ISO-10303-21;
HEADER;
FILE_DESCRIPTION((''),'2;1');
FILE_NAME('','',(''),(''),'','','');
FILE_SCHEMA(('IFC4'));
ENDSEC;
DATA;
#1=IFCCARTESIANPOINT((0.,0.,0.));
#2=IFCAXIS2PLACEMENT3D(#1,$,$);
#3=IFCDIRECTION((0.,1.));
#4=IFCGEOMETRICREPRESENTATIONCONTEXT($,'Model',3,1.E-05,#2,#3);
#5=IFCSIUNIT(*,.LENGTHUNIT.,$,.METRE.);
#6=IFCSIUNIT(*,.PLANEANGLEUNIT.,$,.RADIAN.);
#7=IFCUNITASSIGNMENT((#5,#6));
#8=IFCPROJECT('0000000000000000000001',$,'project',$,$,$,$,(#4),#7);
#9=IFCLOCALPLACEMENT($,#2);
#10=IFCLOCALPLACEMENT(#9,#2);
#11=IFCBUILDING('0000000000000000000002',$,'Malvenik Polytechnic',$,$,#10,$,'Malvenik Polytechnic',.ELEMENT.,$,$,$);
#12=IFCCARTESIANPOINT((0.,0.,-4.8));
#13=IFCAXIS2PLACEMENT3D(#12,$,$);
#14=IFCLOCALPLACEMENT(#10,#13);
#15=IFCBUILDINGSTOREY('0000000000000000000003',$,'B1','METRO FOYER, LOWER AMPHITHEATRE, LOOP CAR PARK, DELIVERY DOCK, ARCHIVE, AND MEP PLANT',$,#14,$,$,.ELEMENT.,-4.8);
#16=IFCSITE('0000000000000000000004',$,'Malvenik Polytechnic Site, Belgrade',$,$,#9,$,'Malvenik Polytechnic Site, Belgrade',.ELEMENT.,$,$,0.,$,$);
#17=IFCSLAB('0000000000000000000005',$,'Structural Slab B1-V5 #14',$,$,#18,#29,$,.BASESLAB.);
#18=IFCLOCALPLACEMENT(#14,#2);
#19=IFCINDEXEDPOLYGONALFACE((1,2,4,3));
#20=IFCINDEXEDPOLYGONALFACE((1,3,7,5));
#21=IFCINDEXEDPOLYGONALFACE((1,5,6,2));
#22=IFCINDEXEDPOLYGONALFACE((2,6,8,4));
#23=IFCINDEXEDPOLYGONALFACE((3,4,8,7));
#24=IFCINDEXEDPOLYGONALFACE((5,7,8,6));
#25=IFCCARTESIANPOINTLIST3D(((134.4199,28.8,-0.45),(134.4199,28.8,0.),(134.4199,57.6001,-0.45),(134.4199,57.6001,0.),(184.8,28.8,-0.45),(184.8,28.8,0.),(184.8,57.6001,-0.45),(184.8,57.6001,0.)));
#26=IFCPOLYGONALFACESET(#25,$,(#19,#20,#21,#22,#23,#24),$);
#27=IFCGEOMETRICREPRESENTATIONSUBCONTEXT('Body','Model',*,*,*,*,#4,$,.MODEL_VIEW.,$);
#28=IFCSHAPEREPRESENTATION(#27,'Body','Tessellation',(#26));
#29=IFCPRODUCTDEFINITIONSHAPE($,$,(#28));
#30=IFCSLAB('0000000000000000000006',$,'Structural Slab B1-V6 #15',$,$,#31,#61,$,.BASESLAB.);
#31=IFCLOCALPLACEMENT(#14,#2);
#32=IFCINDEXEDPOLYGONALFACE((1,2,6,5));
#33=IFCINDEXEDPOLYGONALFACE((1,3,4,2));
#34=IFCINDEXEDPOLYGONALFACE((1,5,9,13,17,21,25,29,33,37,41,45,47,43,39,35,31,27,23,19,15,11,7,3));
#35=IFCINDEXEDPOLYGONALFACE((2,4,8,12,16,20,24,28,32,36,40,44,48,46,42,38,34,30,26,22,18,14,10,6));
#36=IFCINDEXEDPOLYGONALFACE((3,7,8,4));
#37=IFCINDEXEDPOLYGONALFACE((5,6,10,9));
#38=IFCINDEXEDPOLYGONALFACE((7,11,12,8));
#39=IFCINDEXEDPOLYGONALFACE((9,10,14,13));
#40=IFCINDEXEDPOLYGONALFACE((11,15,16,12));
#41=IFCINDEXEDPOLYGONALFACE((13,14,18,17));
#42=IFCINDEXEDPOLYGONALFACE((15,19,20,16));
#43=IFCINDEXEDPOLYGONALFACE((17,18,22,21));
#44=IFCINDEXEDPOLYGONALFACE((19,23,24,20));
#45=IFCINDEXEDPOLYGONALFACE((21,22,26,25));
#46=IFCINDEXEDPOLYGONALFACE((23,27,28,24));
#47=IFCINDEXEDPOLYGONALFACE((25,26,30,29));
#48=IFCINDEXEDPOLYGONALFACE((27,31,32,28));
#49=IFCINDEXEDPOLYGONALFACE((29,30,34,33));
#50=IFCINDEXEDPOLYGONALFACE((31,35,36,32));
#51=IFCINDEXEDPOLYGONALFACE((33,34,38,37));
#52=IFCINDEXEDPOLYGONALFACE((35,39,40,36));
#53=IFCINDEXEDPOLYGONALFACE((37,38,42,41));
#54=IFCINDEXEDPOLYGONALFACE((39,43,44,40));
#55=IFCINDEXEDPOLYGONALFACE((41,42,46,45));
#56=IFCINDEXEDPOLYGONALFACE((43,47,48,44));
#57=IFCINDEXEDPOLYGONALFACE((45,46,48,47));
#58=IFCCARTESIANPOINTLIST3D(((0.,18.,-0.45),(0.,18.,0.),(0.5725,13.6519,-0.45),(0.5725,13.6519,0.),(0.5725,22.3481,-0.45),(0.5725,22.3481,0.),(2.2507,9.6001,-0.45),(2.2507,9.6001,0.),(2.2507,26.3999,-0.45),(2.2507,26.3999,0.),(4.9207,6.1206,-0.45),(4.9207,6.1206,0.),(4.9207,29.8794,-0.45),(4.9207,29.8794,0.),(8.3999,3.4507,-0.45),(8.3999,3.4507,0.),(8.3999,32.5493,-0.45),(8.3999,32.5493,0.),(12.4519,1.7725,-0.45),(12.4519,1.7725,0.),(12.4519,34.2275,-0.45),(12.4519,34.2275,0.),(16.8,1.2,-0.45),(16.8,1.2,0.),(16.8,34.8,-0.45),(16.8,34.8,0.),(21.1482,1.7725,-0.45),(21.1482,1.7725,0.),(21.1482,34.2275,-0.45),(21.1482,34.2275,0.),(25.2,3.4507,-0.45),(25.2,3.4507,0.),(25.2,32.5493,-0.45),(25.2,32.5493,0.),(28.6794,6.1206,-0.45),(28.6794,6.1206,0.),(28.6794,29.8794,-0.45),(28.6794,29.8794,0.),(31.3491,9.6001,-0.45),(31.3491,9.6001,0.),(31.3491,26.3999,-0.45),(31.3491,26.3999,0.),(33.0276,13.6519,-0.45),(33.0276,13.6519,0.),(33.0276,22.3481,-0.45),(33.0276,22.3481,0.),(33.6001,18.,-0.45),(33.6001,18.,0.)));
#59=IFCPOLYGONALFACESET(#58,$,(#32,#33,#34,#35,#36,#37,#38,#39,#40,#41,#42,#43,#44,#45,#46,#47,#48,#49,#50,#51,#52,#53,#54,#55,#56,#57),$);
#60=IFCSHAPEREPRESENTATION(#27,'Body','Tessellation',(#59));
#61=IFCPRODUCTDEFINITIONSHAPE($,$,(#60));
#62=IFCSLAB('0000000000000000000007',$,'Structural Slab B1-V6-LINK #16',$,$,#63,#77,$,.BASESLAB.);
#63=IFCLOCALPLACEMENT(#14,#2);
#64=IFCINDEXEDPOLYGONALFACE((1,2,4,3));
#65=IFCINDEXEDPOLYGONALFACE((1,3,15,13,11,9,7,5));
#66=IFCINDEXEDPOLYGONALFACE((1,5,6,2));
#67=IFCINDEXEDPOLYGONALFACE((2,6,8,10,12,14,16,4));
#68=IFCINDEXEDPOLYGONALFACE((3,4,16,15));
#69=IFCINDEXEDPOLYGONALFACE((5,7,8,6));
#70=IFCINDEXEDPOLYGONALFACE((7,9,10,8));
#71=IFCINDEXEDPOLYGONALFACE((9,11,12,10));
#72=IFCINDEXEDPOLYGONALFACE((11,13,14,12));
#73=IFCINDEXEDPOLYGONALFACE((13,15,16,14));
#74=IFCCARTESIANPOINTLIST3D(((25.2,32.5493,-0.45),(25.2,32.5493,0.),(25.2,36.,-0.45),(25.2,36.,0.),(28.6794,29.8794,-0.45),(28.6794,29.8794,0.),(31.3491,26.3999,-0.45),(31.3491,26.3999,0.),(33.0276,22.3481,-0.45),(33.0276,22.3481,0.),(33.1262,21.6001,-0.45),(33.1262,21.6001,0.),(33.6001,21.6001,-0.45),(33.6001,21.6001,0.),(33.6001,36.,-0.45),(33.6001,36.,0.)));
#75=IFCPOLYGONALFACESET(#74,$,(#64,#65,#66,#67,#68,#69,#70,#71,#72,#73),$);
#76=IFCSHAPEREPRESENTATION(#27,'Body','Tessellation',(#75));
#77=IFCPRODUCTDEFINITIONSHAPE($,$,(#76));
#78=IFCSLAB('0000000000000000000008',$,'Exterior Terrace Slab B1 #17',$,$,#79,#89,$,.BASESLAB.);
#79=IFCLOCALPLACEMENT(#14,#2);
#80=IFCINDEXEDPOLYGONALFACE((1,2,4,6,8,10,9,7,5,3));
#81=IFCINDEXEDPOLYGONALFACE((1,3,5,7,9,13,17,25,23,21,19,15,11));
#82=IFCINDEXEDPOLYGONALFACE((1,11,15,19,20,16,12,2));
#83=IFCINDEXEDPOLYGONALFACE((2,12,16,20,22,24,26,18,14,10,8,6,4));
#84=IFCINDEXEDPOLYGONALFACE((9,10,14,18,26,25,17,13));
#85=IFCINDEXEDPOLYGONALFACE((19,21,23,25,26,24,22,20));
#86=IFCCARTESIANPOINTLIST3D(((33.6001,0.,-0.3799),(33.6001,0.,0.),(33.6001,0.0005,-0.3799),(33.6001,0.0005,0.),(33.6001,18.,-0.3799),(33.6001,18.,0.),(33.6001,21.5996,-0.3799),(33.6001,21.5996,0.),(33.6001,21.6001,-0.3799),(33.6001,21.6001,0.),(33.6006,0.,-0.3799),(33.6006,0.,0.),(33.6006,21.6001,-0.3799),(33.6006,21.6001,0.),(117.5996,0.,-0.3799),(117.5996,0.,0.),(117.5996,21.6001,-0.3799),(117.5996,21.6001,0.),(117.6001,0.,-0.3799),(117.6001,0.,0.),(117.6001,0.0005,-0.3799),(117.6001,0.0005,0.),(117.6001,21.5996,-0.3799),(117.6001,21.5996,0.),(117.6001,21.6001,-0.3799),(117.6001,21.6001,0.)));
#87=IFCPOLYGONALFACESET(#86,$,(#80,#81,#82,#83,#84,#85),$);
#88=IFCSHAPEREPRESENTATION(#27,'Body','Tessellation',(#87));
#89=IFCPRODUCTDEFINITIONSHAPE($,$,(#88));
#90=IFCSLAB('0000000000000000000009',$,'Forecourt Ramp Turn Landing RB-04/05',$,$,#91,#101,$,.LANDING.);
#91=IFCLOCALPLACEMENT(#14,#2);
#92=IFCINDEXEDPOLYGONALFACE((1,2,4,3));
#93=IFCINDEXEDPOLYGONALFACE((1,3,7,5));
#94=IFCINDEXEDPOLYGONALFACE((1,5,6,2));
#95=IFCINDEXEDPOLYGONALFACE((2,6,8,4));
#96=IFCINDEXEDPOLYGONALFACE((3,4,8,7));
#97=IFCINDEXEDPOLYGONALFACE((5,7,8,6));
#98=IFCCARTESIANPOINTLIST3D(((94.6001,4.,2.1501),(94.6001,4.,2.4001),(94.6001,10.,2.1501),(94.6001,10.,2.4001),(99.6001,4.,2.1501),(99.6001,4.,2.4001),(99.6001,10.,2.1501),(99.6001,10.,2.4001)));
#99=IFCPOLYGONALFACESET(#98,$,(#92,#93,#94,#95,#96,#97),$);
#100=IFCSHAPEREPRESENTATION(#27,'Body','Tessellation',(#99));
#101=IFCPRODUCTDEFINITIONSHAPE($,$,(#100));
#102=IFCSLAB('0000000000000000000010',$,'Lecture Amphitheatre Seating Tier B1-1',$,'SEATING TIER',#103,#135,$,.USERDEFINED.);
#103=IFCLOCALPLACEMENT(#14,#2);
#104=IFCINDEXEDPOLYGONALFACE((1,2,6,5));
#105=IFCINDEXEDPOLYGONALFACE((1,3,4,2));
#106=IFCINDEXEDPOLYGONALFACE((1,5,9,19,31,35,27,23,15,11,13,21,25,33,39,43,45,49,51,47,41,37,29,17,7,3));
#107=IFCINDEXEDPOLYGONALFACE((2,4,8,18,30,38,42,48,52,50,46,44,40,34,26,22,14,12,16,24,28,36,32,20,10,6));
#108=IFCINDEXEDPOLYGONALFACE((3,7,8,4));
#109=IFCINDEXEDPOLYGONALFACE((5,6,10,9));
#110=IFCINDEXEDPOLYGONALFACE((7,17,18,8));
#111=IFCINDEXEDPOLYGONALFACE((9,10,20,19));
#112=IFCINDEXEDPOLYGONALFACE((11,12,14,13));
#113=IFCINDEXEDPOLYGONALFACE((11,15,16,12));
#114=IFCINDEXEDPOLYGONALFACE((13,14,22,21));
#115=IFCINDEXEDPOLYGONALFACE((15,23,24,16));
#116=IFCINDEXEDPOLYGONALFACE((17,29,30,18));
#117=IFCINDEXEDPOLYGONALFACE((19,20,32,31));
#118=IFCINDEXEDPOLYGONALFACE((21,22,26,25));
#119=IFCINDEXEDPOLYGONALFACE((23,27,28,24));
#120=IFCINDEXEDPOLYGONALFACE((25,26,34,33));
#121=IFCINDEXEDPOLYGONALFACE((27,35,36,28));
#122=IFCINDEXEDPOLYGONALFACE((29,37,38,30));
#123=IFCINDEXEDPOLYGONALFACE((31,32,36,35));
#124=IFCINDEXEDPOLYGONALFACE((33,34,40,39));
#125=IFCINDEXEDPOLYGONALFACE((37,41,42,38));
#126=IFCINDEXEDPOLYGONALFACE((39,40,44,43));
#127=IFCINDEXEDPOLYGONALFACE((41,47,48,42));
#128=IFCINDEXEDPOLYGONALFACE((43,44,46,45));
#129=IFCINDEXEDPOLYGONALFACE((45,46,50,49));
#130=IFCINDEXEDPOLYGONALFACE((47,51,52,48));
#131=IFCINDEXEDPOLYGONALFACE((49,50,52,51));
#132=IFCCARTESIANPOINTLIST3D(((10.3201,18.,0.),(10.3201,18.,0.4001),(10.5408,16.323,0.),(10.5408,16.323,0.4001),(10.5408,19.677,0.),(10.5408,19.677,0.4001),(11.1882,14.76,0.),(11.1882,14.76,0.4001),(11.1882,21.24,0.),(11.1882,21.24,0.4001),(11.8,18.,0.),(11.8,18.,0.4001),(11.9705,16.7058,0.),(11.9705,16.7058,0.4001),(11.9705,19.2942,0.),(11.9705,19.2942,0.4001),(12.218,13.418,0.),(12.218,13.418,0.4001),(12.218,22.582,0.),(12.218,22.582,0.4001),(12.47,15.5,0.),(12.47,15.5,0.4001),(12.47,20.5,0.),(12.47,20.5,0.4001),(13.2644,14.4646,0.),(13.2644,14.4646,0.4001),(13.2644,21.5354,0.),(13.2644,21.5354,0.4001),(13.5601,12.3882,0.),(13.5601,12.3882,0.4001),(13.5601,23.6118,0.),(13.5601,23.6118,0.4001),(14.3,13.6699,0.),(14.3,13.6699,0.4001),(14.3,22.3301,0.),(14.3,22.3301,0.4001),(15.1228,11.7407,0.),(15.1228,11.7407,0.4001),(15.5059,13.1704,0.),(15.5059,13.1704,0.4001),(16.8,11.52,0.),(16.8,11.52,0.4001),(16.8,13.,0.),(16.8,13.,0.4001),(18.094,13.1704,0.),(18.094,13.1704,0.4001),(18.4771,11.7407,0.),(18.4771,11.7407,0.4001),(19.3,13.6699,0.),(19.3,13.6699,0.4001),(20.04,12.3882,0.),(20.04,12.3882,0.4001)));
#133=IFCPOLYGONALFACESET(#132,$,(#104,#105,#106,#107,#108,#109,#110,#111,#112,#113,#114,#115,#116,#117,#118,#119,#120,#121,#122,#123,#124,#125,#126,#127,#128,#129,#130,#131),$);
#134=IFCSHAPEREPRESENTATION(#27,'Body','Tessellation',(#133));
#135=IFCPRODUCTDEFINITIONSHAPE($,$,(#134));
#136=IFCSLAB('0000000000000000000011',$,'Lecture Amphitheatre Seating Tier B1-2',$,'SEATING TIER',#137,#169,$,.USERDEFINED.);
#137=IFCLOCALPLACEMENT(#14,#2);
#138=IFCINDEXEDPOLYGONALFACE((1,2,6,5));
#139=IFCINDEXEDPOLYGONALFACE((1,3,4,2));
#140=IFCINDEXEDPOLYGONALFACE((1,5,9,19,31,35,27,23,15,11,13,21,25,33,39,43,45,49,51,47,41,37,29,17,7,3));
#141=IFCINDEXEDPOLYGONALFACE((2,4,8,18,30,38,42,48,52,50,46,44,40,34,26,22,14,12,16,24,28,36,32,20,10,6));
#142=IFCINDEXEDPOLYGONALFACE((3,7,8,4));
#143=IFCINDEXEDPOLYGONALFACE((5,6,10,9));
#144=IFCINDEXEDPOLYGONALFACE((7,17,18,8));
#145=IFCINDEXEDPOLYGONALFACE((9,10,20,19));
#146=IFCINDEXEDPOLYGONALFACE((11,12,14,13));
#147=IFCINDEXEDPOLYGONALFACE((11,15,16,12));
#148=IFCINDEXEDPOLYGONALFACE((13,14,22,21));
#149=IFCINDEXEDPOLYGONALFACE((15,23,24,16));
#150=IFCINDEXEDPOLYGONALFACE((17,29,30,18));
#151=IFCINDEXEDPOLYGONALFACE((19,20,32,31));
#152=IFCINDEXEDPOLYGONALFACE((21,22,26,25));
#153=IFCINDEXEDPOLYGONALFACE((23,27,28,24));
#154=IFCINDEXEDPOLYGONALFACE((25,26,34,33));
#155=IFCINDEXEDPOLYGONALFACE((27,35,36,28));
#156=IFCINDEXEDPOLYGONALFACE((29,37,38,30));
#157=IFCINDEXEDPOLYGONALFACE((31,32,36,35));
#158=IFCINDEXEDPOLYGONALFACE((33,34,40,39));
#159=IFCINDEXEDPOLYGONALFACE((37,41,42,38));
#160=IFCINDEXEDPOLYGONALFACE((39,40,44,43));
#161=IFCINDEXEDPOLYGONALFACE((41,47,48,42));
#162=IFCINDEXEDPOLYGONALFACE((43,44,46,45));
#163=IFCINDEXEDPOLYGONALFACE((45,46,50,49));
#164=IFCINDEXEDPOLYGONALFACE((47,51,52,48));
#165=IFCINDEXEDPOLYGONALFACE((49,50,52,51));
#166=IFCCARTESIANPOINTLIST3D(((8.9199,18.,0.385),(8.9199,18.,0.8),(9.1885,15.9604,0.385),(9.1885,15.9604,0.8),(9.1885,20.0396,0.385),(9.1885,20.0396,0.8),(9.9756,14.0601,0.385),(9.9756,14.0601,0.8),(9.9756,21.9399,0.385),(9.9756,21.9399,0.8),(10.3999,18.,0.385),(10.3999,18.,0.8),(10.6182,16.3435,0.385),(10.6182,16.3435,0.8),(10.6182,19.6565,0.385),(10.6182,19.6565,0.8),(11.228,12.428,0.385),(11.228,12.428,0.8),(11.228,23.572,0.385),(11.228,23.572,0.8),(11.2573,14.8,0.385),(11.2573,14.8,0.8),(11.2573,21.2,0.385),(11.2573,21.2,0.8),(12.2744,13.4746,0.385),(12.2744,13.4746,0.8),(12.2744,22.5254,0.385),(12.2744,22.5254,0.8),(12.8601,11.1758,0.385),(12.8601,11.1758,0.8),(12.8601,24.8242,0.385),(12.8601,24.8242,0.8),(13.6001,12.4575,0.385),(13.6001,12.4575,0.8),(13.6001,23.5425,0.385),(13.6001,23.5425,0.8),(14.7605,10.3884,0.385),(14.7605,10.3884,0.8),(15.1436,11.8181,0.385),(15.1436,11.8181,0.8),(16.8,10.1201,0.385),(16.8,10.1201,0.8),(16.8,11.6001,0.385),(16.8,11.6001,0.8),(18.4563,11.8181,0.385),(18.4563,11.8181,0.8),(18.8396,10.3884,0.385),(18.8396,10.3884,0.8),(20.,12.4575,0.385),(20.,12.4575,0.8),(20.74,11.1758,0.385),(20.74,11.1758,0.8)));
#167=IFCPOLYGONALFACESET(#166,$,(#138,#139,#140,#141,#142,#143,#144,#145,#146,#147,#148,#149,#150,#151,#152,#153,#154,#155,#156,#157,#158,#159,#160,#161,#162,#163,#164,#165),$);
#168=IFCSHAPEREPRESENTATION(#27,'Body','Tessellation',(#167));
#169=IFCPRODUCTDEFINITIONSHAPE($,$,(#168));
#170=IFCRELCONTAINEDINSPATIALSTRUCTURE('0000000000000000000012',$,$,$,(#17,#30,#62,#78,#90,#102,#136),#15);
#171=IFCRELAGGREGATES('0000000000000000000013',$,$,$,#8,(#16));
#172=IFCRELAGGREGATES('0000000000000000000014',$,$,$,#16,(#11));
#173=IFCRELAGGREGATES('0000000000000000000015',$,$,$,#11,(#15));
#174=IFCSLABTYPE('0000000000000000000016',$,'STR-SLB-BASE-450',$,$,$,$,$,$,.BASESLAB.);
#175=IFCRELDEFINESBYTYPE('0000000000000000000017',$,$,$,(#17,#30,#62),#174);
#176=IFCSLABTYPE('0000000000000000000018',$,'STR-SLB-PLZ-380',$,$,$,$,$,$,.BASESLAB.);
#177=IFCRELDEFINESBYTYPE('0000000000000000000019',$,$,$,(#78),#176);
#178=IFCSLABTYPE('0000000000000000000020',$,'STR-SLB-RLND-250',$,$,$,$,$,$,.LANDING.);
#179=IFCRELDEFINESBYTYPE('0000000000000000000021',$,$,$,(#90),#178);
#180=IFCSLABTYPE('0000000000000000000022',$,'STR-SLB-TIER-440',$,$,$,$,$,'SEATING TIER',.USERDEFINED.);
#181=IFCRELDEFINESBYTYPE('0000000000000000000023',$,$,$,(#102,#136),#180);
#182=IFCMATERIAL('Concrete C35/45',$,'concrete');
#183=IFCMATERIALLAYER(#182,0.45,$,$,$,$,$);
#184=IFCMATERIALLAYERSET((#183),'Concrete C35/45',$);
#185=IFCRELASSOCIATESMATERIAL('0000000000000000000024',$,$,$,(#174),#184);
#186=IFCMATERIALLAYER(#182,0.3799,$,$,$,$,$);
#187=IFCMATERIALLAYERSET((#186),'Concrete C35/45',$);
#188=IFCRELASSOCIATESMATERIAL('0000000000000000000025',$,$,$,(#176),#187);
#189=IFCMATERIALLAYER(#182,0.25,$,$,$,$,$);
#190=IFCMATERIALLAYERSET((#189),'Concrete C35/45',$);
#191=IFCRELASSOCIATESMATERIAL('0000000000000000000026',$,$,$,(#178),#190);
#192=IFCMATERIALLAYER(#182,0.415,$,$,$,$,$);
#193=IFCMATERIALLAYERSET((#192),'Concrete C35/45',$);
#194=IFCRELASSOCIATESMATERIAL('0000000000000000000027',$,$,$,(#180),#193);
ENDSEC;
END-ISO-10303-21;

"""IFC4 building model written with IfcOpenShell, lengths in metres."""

from ifc_helpers import new_model, si_unit, direction, frame, origin, place, context, subcontext, project, spatial, polyline, outline, extrude, material, layer, layer_set, type_object, element, save


model = new_model("IFC4")

# Units and contexts
model_context = context("Model", 3, precision=1e-05, world=origin(), true_north=direction((0.0, 1.0)))
body_context = subcontext(model_context, "Body", "Model", "MODEL_VIEW")
ifc_project = project(units=[si_unit("LENGTHUNIT", "METRE"), si_unit("PLANEANGLEUNIT", "RADIAN")], contexts=[model_context])

# Site, building, storey
site_placement = place(None, origin())
site = spatial("IfcSite", under=ifc_project, at=site_placement, Name="Malvenik Polytechnic Site, Belgrade", LongName="Malvenik Polytechnic Site, Belgrade", CompositionType="ELEMENT", RefElevation=0.0)
building_placement = place(site_placement, origin())
building = spatial("IfcBuilding", under=site, at=building_placement, Name="Malvenik Polytechnic", LongName="Malvenik Polytechnic", CompositionType="ELEMENT")
storey_placement = place(building_placement, frame((0.0, 0.0, -4.8)))
storey = spatial("IfcBuildingStorey", under=building, at=storey_placement, Name="B1", Description="METRO FOYER, LOWER AMPHITHEATRE, LOOP CAR PARK, DELIVERY DOCK, ARCHIVE, AND MEP PLANT", CompositionType="ELEMENT", Elevation=-4.8)

# Shared definitions
ifc_material = material(Name="Concrete C35/45", Category="concrete")

# Slabs
ifc_layer_1 = layer(ifc_material, 0.45)
ifc_layer_set_1 = layer_set([ifc_layer_1], Name="Concrete C35/45")
slab_type_1 = type_object("IfcSlabType", Name="STR-SLB-BASE-450", PredefinedType="BASESLAB", material=ifc_layer_set_1)
slab_1_placement = place(storey_placement, frame((0.0, 0.0, -0.45)))
element("IfcSlab", 1, at=slab_1_placement, inside=storey, type_object=slab_type_1, Name="Structural Slab B1-V5 #14", PredefinedType="BASESLAB", context=body_context, shape_type="SweptSolid", body=[
    extrude(outline(polyline([(134.4199, 28.8), (134.4199, 57.6001), (184.8, 57.6001), (184.8, 28.8), (134.4199, 28.8)])), origin(), (0.0, 0.0, 1.0), 0.45),
])
slab_2_placement = place(storey_placement, frame((0.0, 0.0, -0.45)))
element("IfcSlab", 2, at=slab_2_placement, inside=storey, type_object=slab_type_1, Name="Structural Slab B1-V6 #15", PredefinedType="BASESLAB", context=body_context, shape_type="SweptSolid", body=[
    extrude(outline(polyline([(28.6794, 6.1206), (25.2, 3.4507), (21.1482, 1.7725), (16.8, 1.2), (12.4519, 1.7725), (8.3999, 3.4507), (4.9207, 6.1206), (2.2507, 9.6001), (0.5725, 13.6519), (0.0, 18.0), (0.5725, 22.3481), (2.2507, 26.3999), (4.9207, 29.8794), (8.3999, 32.5493), (12.4519, 34.2275), (16.8, 34.8), (21.1482, 34.2275), (25.2, 32.5493), (28.6794, 29.8794), (31.3491, 26.3999), (33.0276, 22.3481), (33.6001, 18.0), (33.0276, 13.6519), (31.3491, 9.6001), (28.6794, 6.1206)])), origin(), (0.0, 0.0, 1.0), 0.45),
])
slab_3_placement = place(storey_placement, frame((0.0, 0.0, -0.45)))
element("IfcSlab", 3, at=slab_3_placement, inside=storey, type_object=slab_type_1, Name="Structural Slab B1-V6-LINK #16", PredefinedType="BASESLAB", context=body_context, shape_type="SweptSolid", body=[
    extrude(outline(polyline([(33.0276, 22.3481), (31.3491, 26.3999), (28.6794, 29.8794), (25.2, 32.5493), (25.2, 36.0), (33.6001, 36.0), (33.6001, 21.6001), (33.1262, 21.6001), (33.0276, 22.3481)])), origin(), (0.0, 0.0, 1.0), 0.45),
])
ifc_layer_2 = layer(ifc_material, 0.3799)
ifc_layer_set_2 = layer_set([ifc_layer_2], Name="Concrete C35/45")
slab_type_2 = type_object("IfcSlabType", Name="STR-SLB-PLZ-380", PredefinedType="BASESLAB", material=ifc_layer_set_2)
slab_4_placement = place(storey_placement, frame((0.0, 0.0, -0.3799)))
element("IfcSlab", 4, at=slab_4_placement, inside=storey, type_object=slab_type_2, Name="Exterior Terrace Slab B1 #17", PredefinedType="BASESLAB", context=body_context, shape_type="SweptSolid", body=[
    extrude(outline(polyline([(33.6001, 21.5996), (33.6001, 21.6001), (33.6006, 21.6001), (117.5996, 21.6001), (117.6001, 21.6001), (117.6001, 21.5996), (117.6001, 0.0005), (117.6001, 0.0), (117.5996, 0.0), (33.6006, 0.0), (33.6001, 0.0), (33.6001, 0.0005), (33.6001, 18.0), (33.6001, 21.5996)])), origin(), (0.0, 0.0, 1.0), 0.3799),
])
ifc_layer_3 = layer(ifc_material, 0.25)
ifc_layer_set_3 = layer_set([ifc_layer_3], Name="Concrete C35/45")
slab_type_3 = type_object("IfcSlabType", Name="STR-SLB-RLND-250", PredefinedType="LANDING", material=ifc_layer_set_3)
slab_5_placement = place(storey_placement, frame((0.0, 0.0, 2.1501)))
element("IfcSlab", 5, at=slab_5_placement, inside=storey, type_object=slab_type_3, Name="Forecourt Ramp Turn Landing RB-04/05", PredefinedType="LANDING", context=body_context, shape_type="SweptSolid", body=[
    extrude(outline(polyline([(94.6001, 4.0), (99.6001, 4.0), (99.6001, 10.0), (94.6001, 10.0), (94.6001, 4.0)])), origin(), (0.0, 0.0, 1.0), 0.25),
])
ifc_layer_4 = layer(ifc_material, 0.415)
ifc_layer_set_4 = layer_set([ifc_layer_4], Name="Concrete C35/45")
slab_type_4 = type_object("IfcSlabType", Name="STR-SLB-TIER-440", ElementType="SEATING TIER", PredefinedType="USERDEFINED", material=ifc_layer_set_4)
slab_6_placement = place(storey_placement, origin())
element("IfcSlab", 6, at=slab_6_placement, inside=storey, type_object=slab_type_4, Name="Lecture Amphitheatre Seating Tier B1-1", ObjectType="SEATING TIER", PredefinedType="USERDEFINED", context=body_context, shape_type="SweptSolid", body=[
    extrude(outline(polyline([(13.5601, 23.6118), (12.218, 22.582), (11.1882, 21.24), (10.5408, 19.677), (10.3201, 18.0), (10.5408, 16.323), (11.1882, 14.76), (12.218, 13.418), (13.5601, 12.3882), (15.1228, 11.7407), (16.8, 11.52), (18.4771, 11.7407), (20.04, 12.3882), (19.3, 13.6699), (18.094, 13.1704), (16.8, 13.0), (15.5059, 13.1704), (14.3, 13.6699), (13.2644, 14.4646), (12.47, 15.5), (11.9705, 16.7058), (11.8, 18.0), (11.9705, 19.2942), (12.47, 20.5), (13.2644, 21.5354), (14.3, 22.3301), (13.5601, 23.6118)])), origin(), (0.0, 0.0, 1.0), 0.4001),
])
slab_7_placement = place(storey_placement, frame((0.0, 0.0, 0.385)))
element("IfcSlab", 7, at=slab_7_placement, inside=storey, type_object=slab_type_4, Name="Lecture Amphitheatre Seating Tier B1-2", ObjectType="SEATING TIER", PredefinedType="USERDEFINED", context=body_context, shape_type="SweptSolid", body=[
    extrude(outline(polyline([(12.8601, 24.8242), (11.228, 23.572), (9.9756, 21.9399), (9.1885, 20.0396), (8.9199, 18.0), (9.1885, 15.9604), (9.9756, 14.0601), (11.228, 12.428), (12.8601, 11.1758), (14.7605, 10.3884), (16.8, 10.1201), (18.8396, 10.3884), (20.74, 11.1758), (20.0, 12.4575), (18.4563, 11.8181), (16.8, 11.6001), (15.1436, 11.8181), (13.6001, 12.4575), (12.2744, 13.4746), (11.2573, 14.8), (10.6182, 16.3435), (10.3999, 18.0), (10.6182, 19.6565), (11.2573, 21.2), (12.2744, 22.5254), (13.6001, 23.5425), (12.8601, 24.8242)])), origin(), (0.0, 0.0, 1.0), 0.415),
])

save(model, "model.ifc")
